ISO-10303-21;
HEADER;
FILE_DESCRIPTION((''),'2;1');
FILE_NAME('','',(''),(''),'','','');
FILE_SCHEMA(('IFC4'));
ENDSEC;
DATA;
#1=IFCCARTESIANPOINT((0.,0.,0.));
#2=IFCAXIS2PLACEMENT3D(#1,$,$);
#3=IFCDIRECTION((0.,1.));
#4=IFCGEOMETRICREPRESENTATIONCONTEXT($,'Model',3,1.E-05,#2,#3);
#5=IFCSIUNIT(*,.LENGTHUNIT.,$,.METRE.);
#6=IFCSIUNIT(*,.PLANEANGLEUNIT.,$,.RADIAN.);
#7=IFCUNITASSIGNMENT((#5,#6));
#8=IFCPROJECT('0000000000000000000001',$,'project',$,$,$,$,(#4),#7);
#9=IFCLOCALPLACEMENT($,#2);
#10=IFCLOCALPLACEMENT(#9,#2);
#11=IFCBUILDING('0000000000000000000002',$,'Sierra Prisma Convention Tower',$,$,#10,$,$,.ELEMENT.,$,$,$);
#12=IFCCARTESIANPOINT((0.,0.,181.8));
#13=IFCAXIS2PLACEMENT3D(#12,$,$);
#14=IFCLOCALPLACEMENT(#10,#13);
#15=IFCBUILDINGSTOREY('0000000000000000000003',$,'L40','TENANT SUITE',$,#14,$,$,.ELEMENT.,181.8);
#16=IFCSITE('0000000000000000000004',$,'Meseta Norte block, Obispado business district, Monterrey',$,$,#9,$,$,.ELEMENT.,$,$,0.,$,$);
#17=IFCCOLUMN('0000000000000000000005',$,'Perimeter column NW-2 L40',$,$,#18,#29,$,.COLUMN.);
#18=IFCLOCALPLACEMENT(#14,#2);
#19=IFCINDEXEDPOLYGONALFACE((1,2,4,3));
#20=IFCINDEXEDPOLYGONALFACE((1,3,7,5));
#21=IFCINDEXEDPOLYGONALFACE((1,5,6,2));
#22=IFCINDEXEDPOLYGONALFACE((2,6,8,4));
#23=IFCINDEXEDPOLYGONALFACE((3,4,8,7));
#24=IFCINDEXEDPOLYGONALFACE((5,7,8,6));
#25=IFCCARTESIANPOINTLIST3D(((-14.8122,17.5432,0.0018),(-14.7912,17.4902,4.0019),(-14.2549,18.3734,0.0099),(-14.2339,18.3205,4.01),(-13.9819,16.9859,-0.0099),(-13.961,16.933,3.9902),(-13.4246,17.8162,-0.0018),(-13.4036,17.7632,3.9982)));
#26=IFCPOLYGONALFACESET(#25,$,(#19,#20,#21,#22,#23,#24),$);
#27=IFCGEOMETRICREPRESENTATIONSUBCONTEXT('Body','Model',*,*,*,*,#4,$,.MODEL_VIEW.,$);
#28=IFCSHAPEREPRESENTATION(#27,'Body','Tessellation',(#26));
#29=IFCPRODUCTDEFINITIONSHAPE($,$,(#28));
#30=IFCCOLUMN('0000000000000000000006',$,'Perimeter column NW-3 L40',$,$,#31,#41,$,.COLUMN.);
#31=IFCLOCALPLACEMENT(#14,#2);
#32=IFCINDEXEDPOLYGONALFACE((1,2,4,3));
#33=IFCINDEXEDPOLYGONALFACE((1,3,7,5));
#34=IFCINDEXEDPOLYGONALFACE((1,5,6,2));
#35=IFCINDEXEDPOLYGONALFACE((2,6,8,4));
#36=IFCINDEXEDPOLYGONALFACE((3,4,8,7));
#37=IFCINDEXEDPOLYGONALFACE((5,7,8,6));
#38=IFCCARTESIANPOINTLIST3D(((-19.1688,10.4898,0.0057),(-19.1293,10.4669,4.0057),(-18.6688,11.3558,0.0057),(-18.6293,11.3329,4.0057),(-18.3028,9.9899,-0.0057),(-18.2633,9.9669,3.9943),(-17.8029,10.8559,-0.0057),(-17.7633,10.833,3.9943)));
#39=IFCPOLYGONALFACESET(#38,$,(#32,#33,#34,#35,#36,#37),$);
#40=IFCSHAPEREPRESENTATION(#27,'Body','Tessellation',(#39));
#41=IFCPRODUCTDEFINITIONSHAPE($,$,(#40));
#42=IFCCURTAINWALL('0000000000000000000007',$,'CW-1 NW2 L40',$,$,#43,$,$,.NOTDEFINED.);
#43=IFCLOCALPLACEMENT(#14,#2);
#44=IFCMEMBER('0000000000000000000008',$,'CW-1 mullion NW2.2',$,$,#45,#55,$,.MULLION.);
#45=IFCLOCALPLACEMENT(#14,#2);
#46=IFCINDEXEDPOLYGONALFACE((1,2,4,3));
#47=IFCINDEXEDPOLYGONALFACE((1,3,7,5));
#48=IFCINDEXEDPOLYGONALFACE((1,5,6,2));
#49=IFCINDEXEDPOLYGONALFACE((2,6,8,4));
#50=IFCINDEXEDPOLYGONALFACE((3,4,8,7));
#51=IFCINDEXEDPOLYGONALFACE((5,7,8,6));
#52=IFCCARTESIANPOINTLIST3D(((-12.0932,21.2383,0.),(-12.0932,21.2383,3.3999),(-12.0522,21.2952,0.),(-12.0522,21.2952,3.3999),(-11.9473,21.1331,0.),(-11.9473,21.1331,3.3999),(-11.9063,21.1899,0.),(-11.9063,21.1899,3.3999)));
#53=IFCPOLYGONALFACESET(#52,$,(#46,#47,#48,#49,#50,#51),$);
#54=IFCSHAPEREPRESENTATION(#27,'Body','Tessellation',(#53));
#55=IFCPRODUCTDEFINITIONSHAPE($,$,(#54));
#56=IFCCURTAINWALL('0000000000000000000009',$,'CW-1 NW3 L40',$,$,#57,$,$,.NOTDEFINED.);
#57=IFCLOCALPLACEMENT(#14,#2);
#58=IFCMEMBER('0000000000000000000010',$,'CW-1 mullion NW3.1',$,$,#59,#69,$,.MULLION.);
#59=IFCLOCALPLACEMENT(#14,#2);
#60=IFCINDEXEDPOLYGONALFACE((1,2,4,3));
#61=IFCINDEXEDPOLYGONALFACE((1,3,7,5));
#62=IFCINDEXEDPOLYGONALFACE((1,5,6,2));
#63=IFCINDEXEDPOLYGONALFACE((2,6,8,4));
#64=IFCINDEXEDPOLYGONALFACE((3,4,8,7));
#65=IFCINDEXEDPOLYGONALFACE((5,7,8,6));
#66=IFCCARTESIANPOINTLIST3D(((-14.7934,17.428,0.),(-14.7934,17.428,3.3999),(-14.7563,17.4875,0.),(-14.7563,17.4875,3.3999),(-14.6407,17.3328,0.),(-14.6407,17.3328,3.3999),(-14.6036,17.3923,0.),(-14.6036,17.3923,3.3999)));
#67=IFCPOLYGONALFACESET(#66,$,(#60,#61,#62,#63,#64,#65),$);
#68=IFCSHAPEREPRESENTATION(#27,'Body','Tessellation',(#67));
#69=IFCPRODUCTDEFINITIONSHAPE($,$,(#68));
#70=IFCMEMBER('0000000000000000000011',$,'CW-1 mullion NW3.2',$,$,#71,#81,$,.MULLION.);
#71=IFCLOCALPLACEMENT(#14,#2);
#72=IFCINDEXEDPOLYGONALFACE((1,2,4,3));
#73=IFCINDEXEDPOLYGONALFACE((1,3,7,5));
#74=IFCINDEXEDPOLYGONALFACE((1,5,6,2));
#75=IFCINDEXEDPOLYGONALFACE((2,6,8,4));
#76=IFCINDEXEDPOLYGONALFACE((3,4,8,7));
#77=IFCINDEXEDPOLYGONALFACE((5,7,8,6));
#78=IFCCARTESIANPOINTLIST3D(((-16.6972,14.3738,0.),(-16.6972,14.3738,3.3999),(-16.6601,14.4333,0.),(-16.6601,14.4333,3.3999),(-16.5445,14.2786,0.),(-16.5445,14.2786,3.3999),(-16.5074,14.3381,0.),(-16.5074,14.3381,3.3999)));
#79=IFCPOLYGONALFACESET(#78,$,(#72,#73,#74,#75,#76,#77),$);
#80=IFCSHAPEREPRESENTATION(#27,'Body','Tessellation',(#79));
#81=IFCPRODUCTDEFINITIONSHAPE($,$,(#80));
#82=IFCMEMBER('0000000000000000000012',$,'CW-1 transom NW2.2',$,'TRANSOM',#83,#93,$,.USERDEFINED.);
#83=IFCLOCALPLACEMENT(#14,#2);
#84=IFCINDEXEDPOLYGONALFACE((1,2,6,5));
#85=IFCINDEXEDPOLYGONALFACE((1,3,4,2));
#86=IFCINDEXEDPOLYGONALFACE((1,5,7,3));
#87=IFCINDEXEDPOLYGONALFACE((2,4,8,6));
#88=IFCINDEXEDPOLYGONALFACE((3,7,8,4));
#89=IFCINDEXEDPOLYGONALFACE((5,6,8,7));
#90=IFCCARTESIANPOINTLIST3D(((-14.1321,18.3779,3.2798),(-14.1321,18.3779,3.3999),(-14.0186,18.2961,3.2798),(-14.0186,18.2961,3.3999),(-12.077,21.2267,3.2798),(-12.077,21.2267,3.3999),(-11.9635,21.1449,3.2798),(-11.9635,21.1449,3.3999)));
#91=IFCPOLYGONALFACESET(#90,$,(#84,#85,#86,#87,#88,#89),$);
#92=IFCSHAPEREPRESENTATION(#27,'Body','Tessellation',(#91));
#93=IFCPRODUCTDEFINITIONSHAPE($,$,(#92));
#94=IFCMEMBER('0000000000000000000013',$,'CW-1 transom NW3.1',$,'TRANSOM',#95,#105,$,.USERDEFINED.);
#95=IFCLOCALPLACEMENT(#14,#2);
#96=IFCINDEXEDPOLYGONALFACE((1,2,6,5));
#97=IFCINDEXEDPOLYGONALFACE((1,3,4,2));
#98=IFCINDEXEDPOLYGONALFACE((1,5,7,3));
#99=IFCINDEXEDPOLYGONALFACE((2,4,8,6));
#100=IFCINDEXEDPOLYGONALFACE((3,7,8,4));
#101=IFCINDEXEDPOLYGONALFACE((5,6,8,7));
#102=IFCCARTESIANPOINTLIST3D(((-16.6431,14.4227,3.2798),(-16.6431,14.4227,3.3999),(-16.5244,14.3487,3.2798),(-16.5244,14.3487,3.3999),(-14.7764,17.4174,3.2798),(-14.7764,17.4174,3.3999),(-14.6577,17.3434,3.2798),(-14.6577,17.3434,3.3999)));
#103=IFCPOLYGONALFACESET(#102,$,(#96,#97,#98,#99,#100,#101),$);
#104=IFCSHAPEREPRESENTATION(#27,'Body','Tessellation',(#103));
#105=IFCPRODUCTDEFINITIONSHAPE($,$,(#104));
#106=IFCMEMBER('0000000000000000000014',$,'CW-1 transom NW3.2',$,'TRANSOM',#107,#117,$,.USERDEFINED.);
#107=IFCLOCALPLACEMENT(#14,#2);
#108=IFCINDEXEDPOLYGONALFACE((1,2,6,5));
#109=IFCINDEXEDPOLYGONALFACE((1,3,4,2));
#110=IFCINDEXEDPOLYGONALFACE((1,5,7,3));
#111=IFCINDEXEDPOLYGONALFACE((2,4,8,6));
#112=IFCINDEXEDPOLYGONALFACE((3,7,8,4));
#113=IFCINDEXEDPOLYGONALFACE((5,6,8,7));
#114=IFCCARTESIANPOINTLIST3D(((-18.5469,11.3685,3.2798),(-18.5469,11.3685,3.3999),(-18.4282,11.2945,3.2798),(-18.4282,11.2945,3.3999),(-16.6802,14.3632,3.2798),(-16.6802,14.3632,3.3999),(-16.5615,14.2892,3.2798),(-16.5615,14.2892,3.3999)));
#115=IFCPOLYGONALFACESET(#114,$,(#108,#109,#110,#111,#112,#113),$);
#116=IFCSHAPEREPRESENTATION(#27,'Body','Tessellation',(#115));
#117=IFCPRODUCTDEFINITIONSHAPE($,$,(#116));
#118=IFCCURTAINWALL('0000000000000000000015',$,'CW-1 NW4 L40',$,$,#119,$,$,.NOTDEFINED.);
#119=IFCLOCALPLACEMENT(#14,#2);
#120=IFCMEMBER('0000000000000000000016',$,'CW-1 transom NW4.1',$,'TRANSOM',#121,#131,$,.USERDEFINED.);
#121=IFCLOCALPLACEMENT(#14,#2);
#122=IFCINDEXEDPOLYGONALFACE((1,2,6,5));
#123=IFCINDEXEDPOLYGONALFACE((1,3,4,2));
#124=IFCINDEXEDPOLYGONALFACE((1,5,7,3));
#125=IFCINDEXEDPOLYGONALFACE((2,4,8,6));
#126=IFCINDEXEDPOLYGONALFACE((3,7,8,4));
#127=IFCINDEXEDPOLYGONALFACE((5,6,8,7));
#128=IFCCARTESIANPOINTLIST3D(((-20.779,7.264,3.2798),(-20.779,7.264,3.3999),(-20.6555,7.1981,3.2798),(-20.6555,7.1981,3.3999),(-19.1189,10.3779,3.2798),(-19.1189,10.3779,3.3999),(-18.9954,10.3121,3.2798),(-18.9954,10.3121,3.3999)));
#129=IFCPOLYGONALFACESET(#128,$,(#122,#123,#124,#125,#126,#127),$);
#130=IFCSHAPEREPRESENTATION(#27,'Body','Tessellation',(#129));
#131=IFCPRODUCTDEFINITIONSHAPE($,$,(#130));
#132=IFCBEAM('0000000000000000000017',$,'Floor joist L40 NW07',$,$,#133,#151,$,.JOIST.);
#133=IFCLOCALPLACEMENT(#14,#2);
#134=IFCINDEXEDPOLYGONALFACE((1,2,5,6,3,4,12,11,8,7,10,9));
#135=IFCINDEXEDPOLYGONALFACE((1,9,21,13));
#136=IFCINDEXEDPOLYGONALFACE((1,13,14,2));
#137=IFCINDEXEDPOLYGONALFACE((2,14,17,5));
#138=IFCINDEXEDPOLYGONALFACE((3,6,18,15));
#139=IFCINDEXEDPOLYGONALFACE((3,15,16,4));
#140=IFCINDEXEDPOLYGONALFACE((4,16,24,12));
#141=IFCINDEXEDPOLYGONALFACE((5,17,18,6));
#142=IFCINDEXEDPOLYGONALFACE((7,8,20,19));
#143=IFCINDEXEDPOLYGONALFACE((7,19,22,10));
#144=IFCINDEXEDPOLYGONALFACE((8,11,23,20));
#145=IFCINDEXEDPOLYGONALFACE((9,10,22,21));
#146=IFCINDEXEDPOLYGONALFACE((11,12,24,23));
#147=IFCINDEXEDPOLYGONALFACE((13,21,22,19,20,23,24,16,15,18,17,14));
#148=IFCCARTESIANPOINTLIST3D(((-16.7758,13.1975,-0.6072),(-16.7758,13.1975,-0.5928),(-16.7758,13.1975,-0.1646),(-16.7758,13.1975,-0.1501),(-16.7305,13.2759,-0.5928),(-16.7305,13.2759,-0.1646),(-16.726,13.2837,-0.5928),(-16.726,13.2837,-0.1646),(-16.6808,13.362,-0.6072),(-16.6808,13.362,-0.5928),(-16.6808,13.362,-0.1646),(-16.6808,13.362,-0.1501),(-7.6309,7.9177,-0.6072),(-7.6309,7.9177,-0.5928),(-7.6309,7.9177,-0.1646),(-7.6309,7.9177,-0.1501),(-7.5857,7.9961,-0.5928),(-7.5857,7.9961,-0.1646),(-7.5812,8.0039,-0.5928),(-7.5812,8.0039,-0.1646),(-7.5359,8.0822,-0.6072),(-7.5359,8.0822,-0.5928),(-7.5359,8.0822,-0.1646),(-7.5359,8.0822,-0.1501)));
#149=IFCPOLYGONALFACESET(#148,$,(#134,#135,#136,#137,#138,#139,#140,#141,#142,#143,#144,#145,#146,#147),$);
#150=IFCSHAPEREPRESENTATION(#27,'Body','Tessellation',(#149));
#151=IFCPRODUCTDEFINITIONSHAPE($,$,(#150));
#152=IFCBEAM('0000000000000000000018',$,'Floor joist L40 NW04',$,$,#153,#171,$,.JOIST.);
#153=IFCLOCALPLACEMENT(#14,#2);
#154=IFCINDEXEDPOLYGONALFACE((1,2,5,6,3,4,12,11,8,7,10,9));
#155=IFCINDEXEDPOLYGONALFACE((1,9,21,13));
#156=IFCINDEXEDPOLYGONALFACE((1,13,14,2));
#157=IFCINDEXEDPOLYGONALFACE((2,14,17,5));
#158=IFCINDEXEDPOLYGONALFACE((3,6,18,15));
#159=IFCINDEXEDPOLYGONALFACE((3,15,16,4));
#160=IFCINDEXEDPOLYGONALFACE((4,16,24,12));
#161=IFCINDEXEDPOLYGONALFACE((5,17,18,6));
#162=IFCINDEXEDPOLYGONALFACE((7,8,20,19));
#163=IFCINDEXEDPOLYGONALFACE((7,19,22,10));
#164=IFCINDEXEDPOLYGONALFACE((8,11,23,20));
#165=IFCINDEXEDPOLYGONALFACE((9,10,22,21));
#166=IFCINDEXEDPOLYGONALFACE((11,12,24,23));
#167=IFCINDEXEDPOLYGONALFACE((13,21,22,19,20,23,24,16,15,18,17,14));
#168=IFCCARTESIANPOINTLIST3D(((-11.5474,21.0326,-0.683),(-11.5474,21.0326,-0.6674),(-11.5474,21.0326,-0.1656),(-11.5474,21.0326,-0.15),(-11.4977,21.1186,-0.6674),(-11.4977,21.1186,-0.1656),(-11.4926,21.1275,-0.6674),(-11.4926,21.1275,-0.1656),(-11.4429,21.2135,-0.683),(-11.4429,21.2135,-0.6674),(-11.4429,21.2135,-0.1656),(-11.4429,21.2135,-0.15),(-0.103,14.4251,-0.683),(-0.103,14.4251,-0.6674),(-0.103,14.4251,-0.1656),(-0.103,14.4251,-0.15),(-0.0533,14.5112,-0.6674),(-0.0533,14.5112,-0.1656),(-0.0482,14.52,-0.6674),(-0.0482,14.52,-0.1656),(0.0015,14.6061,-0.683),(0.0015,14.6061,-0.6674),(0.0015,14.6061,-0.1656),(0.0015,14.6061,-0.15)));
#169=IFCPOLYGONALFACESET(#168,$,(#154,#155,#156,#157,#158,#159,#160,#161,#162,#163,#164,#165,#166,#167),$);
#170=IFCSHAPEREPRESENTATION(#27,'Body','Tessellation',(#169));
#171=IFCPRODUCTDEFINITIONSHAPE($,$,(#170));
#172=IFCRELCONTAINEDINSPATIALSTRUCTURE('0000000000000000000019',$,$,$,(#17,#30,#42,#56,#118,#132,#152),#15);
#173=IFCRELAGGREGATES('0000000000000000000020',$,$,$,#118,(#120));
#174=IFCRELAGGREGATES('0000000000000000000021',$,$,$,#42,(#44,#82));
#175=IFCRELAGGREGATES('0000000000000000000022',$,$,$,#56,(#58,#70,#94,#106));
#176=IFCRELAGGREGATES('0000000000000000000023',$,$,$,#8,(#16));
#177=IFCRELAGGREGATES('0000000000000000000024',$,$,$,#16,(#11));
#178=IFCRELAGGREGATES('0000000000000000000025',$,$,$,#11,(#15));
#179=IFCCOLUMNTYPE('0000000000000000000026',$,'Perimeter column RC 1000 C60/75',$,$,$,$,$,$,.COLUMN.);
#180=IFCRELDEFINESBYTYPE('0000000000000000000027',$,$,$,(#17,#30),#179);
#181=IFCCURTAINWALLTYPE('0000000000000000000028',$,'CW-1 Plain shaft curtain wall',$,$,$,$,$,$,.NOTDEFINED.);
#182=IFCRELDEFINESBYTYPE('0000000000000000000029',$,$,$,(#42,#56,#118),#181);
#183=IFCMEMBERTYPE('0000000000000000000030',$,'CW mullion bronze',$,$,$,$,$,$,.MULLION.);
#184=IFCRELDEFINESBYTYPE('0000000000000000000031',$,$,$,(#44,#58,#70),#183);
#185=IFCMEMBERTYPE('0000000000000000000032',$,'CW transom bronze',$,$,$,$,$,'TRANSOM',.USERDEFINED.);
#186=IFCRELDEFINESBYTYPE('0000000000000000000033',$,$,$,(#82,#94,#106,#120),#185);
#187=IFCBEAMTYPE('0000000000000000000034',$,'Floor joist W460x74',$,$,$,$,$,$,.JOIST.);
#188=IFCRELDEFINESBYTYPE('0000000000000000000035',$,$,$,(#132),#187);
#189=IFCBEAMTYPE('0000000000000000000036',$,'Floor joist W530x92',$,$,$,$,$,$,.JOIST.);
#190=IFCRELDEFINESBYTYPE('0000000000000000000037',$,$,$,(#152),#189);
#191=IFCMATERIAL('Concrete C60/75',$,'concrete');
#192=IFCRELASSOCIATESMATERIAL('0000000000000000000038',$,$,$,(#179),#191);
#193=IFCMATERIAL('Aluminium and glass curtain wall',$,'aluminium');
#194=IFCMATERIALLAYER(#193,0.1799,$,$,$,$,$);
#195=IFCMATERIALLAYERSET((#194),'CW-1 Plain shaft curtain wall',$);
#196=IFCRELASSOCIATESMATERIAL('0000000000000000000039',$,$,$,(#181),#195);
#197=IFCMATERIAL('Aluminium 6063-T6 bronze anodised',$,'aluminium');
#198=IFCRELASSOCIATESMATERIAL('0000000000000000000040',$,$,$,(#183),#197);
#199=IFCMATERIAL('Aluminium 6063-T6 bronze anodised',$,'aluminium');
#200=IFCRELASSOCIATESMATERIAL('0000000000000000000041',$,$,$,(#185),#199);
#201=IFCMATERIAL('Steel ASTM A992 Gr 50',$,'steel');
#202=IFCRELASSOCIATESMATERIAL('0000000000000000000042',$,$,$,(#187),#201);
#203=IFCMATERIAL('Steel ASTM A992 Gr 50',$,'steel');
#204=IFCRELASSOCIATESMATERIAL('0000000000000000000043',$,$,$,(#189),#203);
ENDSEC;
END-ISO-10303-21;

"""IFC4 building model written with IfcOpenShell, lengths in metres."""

from ifc_helpers import new_model, si_unit, direction, frame, origin, origin_2d, place, context, subcontext, project, spatial, rectangle, i_section, extrude, material, layer, layer_set, material_profile, profile_set, type_object, element, aggregate, save


model = new_model("IFC4")

# Units and contexts
model_context = context("Model", 3, precision=1e-05, world=origin(), true_north=direction((0.0, 1.0)))
body_context = subcontext(model_context, "Body", "Model", "MODEL_VIEW")
ifc_project = project(units=[si_unit("LENGTHUNIT", "METRE"), si_unit("PLANEANGLEUNIT", "RADIAN")], contexts=[model_context])

# Site, building, storey
site_placement = place(None, origin())
site = spatial("IfcSite", under=ifc_project, at=site_placement, Name="Meseta Norte block, Obispado business district, Monterrey", CompositionType="ELEMENT", RefElevation=0.0)
building_placement = place(site_placement, origin())
building = spatial("IfcBuilding", under=site, at=building_placement, Name="Sierra Prisma Convention Tower", CompositionType="ELEMENT")
storey_placement = place(building_placement, frame((0.0, 0.0, 181.8)))
storey = spatial("IfcBuildingStorey", under=building, at=storey_placement, Name="L40", Description="TENANT SUITE", CompositionType="ELEMENT", Elevation=181.8)

# Columns
ifc_material_1 = material(Name="Concrete C60/75", Category="concrete")
ifc_material_profile_1 = material_profile(ifc_material_1, rectangle(XDim=1.0, YDim=1.0, at=origin_2d()), Name="Perimeter column RC 1000 C60/75")
ifc_profile_set_1 = profile_set([ifc_material_profile_1], Name="Concrete C60/75")
column_type = type_object("IfcColumnType", Name="Perimeter column RC 1000 C60/75", PredefinedType="COLUMN", material=ifc_profile_set_1)
column_1_placement = place(storey_placement, frame((-14.1184, 17.6797, 0.0), z_axis=(0.005248, -0.013243, 0.999899), x_axis=(0.557346, 0.830241, 0.008071)))
element("IfcColumn", 1, at=column_1_placement, inside=storey, type_object=column_type, Name="Perimeter column NW-2 L40", PredefinedType="COLUMN", context=body_context, shape_type="SweptSolid", body=[
    extrude(rectangle(XDim=1.0, YDim=1.0, at=origin_2d()), origin(), (0.0, 0.0, 1.0), 4.0005),
])
column_2_placement = place(storey_placement, frame((-18.4858, 10.6729, 0.0), z_axis=(0.009887, -0.005737, 0.999935), x_axis=(0.499976, 0.86604, 0.000025)))
element("IfcColumn", 2, at=column_2_placement, inside=storey, type_object=column_type, Name="Perimeter column NW-3 L40", PredefinedType="COLUMN", context=body_context, shape_type="SweptSolid", body=[
    extrude(rectangle(XDim=1.0, YDim=1.0, at=origin_2d()), origin(), (0.0, 0.0, 1.0), 4.0002),
])

# Curtain wall, member
ifc_material_2 = material(Name="Aluminium and glass curtain wall", Category="aluminium")
ifc_layer_1 = layer(ifc_material_2, 0.1799)
ifc_layer_set_1 = layer_set([ifc_layer_1], Name="CW-1 Plain shaft curtain wall")
curtain_wall_type = type_object("IfcCurtainWallType", Name="CW-1 Plain shaft curtain wall", PredefinedType="NOTDEFINED", material=ifc_layer_set_1)
curtain_wall_1_placement = place(storey_placement, origin())
curtain_wall_1 = element("IfcCurtainWall", 3, at=curtain_wall_1_placement, inside=storey, type_object=curtain_wall_type, Name="CW-1 NW2 L40", PredefinedType="NOTDEFINED")
ifc_material_3 = material(Name="Aluminium 6063-T6 bronze anodised", Category="aluminium")
ifc_material_profile_2 = material_profile(ifc_material_3, rectangle(XDim=0.1799, YDim=0.0701, at=origin_2d()), Name="ALU MULLION 70x180")
ifc_profile_set_2 = profile_set([ifc_material_profile_2], Name="Aluminium 6063-T6 bronze anodised")
member_type_1 = type_object("IfcMemberType", Name="CW mullion bronze", PredefinedType="MULLION", material=ifc_profile_set_2)
member_1_placement = place(storey_placement, frame((-11.9998, 21.2141, 0.0), z_axis=(0.0, 0.0, 1.0), x_axis=(0.810967, -0.585091, 0.0)))
member_1 = element("IfcMember", 4, at=member_1_placement, type_object=member_type_1, Name="CW-1 mullion NW2.2", PredefinedType="MULLION", context=body_context, shape_type="SweptSolid", body=[
    extrude(rectangle(XDim=0.1799, YDim=0.0701, at=origin_2d()), origin(), (0.0, 0.0, 1.0), 3.3999),
])

# Curtain wall, members
curtain_wall_2_placement = place(storey_placement, origin())
curtain_wall_2 = element("IfcCurtainWall", 5, at=curtain_wall_2_placement, inside=storey, type_object=curtain_wall_type, Name="CW-1 NW3 L40", PredefinedType="NOTDEFINED")
member_2_placement = place(storey_placement, frame((-14.6985, 17.4102, 0.0), z_axis=(0.0, 0.0, 1.0), x_axis=(0.848635, -0.528979, 0.0)))
member_2 = element("IfcMember", 6, at=member_2_placement, type_object=member_type_1, Name="CW-1 mullion NW3.1", PredefinedType="MULLION", context=body_context, shape_type="SweptSolid", body=[
    extrude(rectangle(XDim=0.1799, YDim=0.0701, at=origin_2d()), origin(), (0.0, 0.0, 1.0), 3.3999),
])
member_3_placement = place(storey_placement, frame((-16.6023, 14.356, 0.0), z_axis=(0.0, 0.0, 1.0), x_axis=(0.848635, -0.528979, 0.0)))
member_3 = element("IfcMember", 7, at=member_3_placement, type_object=member_type_1, Name="CW-1 mullion NW3.2", PredefinedType="MULLION", context=body_context, shape_type="SweptSolid", body=[
    extrude(rectangle(XDim=0.1799, YDim=0.0701, at=origin_2d()), origin(), (0.0, 0.0, 1.0), 3.3999),
])

# Members
ifc_material_4 = material(Name="Aluminium 6063-T6 bronze anodised", Category="aluminium")
ifc_material_profile_3 = material_profile(ifc_material_4, rectangle(XDim=0.1399, YDim=0.1201, at=origin_2d()), Name="ALU TRANSOM 120x140")
ifc_profile_set_3 = profile_set([ifc_material_profile_3], Name="Aluminium 6063-T6 bronze anodised")
member_type_2 = type_object("IfcMemberType", Name="CW transom bronze", ElementType="TRANSOM", PredefinedType="USERDEFINED", material=ifc_profile_set_3)
member_4_placement = place(storey_placement, frame((-12.0203, 21.1858, 3.3398), z_axis=(-0.585051, -0.810996, 0.0), x_axis=(0.810996, -0.585051, 0.0)))
member_4 = element("IfcMember", 8, at=member_4_placement, type_object=member_type_2, Name="CW-1 transom NW2.2", ObjectType="TRANSOM", PredefinedType="USERDEFINED", context=body_context, shape_type="SweptSolid", body=[
    extrude(rectangle(XDim=0.1399, YDim=0.1201, at=origin_2d()), origin(), (0.0, 0.0, 1.0), 3.5127),
])
member_5_placement = place(storey_placement, frame((-14.717, 17.3804, 3.3398), z_axis=(-0.528991, -0.848627, 0.0), x_axis=(0.848627, -0.528991, 0.0)))
member_5 = element("IfcMember", 9, at=member_5_placement, type_object=member_type_2, Name="CW-1 transom NW3.1", ObjectType="TRANSOM", PredefinedType="USERDEFINED", context=body_context, shape_type="SweptSolid", body=[
    extrude(rectangle(XDim=0.1399, YDim=0.1201, at=origin_2d()), origin(), (0.0, 0.0, 1.0), 3.5288),
])
member_6_placement = place(storey_placement, frame((-16.6208, 14.3262, 3.3398), z_axis=(-0.528991, -0.848627, 0.0), x_axis=(0.848627, -0.528991, 0.0)))
member_6 = element("IfcMember", 10, at=member_6_placement, type_object=member_type_2, Name="CW-1 transom NW3.2", ObjectType="TRANSOM", PredefinedType="USERDEFINED", context=body_context, shape_type="SweptSolid", body=[
    extrude(rectangle(XDim=0.1399, YDim=0.1201, at=origin_2d()), origin(), (0.0, 0.0, 1.0), 3.5288),
])

# Curtain wall, member
curtain_wall_3_placement = place(storey_placement, origin())
curtain_wall_3 = element("IfcCurtainWall", 11, at=curtain_wall_3_placement, inside=storey, type_object=curtain_wall_type, Name="CW-1 NW4 L40", PredefinedType="NOTDEFINED")
member_7_placement = place(storey_placement, frame((-19.0571, 10.345, 3.3398), z_axis=(-0.470445, -0.88243, 0.0), x_axis=(0.88243, -0.470445, 0.0)))
member_7 = element("IfcMember", 12, at=member_7_placement, type_object=member_type_2, Name="CW-1 transom NW4.1", ObjectType="TRANSOM", PredefinedType="USERDEFINED", context=body_context, shape_type="SweptSolid", body=[
    extrude(rectangle(XDim=0.1399, YDim=0.1201, at=origin_2d()), origin(), (0.0, 0.0, 1.0), 3.5288),
])
aggregate(curtain_wall_3, [member_7])

# Beams
ifc_material_5 = material(Name="Steel ASTM A992 Gr 50", Category="steel")
ifc_material_profile_4 = material_profile(ifc_material_5, i_section(OverallWidth=0.1899, OverallDepth=0.457, WebThickness=0.009, FlangeThickness=0.0144, at=origin_2d()), Name="W460x74")
ifc_profile_set_4 = profile_set([ifc_material_profile_4], Name="Steel ASTM A992 Gr 50")
beam_type_1 = type_object("IfcBeamType", Name="Floor joist W460x74", PredefinedType="JOIST", material=ifc_profile_set_4)
beam_1_placement = place(storey_placement, frame((-16.7283, 13.2798, -0.3787), z_axis=(0.866023, -0.500003, 0.0), x_axis=(0.500003, 0.866023, 0.0)))
element("IfcBeam", 13, at=beam_1_placement, inside=storey, type_object=beam_type_1, Name="Floor joist L40 NW07", PredefinedType="JOIST", context=body_context, shape_type="SweptSolid", body=[
    extrude(i_section(OverallWidth=0.1899, OverallDepth=0.457, WebThickness=0.009, FlangeThickness=0.0144, at=origin_2d()), origin(), (0.0, 0.0, 1.0), 10.5596),
])
ifc_material_6 = material(Name="Steel ASTM A992 Gr 50", Category="steel")
ifc_material_profile_5 = material_profile(ifc_material_6, i_section(OverallWidth=0.209, OverallDepth=0.533, WebThickness=0.0103, FlangeThickness=0.0156, at=origin_2d()), Name="W530x92")
ifc_profile_set_5 = profile_set([ifc_material_profile_5], Name="Steel ASTM A992 Gr 50")
beam_type_2 = type_object("IfcBeamType", Name="Floor joist W530x92", PredefinedType="JOIST", material=ifc_profile_set_5)
beam_2_placement = place(storey_placement, frame((-11.4951, 21.123, -0.4165), z_axis=(0.866024, -0.500002, 0.0), x_axis=(0.500002, 0.866024, 0.0)))
element("IfcBeam", 14, at=beam_2_placement, inside=storey, type_object=beam_type_2, Name="Floor joist L40 NW04", PredefinedType="JOIST", context=body_context, shape_type="SweptSolid", body=[
    extrude(i_section(OverallWidth=0.209, OverallDepth=0.533, WebThickness=0.0103, FlangeThickness=0.0156, at=origin_2d()), origin(), (0.0, 0.0, 1.0), 13.2148),
])

aggregate(curtain_wall_1, [member_1, member_4])
aggregate(curtain_wall_2, [member_2, member_3, member_5, member_6])

save(model, "model.ifc")
